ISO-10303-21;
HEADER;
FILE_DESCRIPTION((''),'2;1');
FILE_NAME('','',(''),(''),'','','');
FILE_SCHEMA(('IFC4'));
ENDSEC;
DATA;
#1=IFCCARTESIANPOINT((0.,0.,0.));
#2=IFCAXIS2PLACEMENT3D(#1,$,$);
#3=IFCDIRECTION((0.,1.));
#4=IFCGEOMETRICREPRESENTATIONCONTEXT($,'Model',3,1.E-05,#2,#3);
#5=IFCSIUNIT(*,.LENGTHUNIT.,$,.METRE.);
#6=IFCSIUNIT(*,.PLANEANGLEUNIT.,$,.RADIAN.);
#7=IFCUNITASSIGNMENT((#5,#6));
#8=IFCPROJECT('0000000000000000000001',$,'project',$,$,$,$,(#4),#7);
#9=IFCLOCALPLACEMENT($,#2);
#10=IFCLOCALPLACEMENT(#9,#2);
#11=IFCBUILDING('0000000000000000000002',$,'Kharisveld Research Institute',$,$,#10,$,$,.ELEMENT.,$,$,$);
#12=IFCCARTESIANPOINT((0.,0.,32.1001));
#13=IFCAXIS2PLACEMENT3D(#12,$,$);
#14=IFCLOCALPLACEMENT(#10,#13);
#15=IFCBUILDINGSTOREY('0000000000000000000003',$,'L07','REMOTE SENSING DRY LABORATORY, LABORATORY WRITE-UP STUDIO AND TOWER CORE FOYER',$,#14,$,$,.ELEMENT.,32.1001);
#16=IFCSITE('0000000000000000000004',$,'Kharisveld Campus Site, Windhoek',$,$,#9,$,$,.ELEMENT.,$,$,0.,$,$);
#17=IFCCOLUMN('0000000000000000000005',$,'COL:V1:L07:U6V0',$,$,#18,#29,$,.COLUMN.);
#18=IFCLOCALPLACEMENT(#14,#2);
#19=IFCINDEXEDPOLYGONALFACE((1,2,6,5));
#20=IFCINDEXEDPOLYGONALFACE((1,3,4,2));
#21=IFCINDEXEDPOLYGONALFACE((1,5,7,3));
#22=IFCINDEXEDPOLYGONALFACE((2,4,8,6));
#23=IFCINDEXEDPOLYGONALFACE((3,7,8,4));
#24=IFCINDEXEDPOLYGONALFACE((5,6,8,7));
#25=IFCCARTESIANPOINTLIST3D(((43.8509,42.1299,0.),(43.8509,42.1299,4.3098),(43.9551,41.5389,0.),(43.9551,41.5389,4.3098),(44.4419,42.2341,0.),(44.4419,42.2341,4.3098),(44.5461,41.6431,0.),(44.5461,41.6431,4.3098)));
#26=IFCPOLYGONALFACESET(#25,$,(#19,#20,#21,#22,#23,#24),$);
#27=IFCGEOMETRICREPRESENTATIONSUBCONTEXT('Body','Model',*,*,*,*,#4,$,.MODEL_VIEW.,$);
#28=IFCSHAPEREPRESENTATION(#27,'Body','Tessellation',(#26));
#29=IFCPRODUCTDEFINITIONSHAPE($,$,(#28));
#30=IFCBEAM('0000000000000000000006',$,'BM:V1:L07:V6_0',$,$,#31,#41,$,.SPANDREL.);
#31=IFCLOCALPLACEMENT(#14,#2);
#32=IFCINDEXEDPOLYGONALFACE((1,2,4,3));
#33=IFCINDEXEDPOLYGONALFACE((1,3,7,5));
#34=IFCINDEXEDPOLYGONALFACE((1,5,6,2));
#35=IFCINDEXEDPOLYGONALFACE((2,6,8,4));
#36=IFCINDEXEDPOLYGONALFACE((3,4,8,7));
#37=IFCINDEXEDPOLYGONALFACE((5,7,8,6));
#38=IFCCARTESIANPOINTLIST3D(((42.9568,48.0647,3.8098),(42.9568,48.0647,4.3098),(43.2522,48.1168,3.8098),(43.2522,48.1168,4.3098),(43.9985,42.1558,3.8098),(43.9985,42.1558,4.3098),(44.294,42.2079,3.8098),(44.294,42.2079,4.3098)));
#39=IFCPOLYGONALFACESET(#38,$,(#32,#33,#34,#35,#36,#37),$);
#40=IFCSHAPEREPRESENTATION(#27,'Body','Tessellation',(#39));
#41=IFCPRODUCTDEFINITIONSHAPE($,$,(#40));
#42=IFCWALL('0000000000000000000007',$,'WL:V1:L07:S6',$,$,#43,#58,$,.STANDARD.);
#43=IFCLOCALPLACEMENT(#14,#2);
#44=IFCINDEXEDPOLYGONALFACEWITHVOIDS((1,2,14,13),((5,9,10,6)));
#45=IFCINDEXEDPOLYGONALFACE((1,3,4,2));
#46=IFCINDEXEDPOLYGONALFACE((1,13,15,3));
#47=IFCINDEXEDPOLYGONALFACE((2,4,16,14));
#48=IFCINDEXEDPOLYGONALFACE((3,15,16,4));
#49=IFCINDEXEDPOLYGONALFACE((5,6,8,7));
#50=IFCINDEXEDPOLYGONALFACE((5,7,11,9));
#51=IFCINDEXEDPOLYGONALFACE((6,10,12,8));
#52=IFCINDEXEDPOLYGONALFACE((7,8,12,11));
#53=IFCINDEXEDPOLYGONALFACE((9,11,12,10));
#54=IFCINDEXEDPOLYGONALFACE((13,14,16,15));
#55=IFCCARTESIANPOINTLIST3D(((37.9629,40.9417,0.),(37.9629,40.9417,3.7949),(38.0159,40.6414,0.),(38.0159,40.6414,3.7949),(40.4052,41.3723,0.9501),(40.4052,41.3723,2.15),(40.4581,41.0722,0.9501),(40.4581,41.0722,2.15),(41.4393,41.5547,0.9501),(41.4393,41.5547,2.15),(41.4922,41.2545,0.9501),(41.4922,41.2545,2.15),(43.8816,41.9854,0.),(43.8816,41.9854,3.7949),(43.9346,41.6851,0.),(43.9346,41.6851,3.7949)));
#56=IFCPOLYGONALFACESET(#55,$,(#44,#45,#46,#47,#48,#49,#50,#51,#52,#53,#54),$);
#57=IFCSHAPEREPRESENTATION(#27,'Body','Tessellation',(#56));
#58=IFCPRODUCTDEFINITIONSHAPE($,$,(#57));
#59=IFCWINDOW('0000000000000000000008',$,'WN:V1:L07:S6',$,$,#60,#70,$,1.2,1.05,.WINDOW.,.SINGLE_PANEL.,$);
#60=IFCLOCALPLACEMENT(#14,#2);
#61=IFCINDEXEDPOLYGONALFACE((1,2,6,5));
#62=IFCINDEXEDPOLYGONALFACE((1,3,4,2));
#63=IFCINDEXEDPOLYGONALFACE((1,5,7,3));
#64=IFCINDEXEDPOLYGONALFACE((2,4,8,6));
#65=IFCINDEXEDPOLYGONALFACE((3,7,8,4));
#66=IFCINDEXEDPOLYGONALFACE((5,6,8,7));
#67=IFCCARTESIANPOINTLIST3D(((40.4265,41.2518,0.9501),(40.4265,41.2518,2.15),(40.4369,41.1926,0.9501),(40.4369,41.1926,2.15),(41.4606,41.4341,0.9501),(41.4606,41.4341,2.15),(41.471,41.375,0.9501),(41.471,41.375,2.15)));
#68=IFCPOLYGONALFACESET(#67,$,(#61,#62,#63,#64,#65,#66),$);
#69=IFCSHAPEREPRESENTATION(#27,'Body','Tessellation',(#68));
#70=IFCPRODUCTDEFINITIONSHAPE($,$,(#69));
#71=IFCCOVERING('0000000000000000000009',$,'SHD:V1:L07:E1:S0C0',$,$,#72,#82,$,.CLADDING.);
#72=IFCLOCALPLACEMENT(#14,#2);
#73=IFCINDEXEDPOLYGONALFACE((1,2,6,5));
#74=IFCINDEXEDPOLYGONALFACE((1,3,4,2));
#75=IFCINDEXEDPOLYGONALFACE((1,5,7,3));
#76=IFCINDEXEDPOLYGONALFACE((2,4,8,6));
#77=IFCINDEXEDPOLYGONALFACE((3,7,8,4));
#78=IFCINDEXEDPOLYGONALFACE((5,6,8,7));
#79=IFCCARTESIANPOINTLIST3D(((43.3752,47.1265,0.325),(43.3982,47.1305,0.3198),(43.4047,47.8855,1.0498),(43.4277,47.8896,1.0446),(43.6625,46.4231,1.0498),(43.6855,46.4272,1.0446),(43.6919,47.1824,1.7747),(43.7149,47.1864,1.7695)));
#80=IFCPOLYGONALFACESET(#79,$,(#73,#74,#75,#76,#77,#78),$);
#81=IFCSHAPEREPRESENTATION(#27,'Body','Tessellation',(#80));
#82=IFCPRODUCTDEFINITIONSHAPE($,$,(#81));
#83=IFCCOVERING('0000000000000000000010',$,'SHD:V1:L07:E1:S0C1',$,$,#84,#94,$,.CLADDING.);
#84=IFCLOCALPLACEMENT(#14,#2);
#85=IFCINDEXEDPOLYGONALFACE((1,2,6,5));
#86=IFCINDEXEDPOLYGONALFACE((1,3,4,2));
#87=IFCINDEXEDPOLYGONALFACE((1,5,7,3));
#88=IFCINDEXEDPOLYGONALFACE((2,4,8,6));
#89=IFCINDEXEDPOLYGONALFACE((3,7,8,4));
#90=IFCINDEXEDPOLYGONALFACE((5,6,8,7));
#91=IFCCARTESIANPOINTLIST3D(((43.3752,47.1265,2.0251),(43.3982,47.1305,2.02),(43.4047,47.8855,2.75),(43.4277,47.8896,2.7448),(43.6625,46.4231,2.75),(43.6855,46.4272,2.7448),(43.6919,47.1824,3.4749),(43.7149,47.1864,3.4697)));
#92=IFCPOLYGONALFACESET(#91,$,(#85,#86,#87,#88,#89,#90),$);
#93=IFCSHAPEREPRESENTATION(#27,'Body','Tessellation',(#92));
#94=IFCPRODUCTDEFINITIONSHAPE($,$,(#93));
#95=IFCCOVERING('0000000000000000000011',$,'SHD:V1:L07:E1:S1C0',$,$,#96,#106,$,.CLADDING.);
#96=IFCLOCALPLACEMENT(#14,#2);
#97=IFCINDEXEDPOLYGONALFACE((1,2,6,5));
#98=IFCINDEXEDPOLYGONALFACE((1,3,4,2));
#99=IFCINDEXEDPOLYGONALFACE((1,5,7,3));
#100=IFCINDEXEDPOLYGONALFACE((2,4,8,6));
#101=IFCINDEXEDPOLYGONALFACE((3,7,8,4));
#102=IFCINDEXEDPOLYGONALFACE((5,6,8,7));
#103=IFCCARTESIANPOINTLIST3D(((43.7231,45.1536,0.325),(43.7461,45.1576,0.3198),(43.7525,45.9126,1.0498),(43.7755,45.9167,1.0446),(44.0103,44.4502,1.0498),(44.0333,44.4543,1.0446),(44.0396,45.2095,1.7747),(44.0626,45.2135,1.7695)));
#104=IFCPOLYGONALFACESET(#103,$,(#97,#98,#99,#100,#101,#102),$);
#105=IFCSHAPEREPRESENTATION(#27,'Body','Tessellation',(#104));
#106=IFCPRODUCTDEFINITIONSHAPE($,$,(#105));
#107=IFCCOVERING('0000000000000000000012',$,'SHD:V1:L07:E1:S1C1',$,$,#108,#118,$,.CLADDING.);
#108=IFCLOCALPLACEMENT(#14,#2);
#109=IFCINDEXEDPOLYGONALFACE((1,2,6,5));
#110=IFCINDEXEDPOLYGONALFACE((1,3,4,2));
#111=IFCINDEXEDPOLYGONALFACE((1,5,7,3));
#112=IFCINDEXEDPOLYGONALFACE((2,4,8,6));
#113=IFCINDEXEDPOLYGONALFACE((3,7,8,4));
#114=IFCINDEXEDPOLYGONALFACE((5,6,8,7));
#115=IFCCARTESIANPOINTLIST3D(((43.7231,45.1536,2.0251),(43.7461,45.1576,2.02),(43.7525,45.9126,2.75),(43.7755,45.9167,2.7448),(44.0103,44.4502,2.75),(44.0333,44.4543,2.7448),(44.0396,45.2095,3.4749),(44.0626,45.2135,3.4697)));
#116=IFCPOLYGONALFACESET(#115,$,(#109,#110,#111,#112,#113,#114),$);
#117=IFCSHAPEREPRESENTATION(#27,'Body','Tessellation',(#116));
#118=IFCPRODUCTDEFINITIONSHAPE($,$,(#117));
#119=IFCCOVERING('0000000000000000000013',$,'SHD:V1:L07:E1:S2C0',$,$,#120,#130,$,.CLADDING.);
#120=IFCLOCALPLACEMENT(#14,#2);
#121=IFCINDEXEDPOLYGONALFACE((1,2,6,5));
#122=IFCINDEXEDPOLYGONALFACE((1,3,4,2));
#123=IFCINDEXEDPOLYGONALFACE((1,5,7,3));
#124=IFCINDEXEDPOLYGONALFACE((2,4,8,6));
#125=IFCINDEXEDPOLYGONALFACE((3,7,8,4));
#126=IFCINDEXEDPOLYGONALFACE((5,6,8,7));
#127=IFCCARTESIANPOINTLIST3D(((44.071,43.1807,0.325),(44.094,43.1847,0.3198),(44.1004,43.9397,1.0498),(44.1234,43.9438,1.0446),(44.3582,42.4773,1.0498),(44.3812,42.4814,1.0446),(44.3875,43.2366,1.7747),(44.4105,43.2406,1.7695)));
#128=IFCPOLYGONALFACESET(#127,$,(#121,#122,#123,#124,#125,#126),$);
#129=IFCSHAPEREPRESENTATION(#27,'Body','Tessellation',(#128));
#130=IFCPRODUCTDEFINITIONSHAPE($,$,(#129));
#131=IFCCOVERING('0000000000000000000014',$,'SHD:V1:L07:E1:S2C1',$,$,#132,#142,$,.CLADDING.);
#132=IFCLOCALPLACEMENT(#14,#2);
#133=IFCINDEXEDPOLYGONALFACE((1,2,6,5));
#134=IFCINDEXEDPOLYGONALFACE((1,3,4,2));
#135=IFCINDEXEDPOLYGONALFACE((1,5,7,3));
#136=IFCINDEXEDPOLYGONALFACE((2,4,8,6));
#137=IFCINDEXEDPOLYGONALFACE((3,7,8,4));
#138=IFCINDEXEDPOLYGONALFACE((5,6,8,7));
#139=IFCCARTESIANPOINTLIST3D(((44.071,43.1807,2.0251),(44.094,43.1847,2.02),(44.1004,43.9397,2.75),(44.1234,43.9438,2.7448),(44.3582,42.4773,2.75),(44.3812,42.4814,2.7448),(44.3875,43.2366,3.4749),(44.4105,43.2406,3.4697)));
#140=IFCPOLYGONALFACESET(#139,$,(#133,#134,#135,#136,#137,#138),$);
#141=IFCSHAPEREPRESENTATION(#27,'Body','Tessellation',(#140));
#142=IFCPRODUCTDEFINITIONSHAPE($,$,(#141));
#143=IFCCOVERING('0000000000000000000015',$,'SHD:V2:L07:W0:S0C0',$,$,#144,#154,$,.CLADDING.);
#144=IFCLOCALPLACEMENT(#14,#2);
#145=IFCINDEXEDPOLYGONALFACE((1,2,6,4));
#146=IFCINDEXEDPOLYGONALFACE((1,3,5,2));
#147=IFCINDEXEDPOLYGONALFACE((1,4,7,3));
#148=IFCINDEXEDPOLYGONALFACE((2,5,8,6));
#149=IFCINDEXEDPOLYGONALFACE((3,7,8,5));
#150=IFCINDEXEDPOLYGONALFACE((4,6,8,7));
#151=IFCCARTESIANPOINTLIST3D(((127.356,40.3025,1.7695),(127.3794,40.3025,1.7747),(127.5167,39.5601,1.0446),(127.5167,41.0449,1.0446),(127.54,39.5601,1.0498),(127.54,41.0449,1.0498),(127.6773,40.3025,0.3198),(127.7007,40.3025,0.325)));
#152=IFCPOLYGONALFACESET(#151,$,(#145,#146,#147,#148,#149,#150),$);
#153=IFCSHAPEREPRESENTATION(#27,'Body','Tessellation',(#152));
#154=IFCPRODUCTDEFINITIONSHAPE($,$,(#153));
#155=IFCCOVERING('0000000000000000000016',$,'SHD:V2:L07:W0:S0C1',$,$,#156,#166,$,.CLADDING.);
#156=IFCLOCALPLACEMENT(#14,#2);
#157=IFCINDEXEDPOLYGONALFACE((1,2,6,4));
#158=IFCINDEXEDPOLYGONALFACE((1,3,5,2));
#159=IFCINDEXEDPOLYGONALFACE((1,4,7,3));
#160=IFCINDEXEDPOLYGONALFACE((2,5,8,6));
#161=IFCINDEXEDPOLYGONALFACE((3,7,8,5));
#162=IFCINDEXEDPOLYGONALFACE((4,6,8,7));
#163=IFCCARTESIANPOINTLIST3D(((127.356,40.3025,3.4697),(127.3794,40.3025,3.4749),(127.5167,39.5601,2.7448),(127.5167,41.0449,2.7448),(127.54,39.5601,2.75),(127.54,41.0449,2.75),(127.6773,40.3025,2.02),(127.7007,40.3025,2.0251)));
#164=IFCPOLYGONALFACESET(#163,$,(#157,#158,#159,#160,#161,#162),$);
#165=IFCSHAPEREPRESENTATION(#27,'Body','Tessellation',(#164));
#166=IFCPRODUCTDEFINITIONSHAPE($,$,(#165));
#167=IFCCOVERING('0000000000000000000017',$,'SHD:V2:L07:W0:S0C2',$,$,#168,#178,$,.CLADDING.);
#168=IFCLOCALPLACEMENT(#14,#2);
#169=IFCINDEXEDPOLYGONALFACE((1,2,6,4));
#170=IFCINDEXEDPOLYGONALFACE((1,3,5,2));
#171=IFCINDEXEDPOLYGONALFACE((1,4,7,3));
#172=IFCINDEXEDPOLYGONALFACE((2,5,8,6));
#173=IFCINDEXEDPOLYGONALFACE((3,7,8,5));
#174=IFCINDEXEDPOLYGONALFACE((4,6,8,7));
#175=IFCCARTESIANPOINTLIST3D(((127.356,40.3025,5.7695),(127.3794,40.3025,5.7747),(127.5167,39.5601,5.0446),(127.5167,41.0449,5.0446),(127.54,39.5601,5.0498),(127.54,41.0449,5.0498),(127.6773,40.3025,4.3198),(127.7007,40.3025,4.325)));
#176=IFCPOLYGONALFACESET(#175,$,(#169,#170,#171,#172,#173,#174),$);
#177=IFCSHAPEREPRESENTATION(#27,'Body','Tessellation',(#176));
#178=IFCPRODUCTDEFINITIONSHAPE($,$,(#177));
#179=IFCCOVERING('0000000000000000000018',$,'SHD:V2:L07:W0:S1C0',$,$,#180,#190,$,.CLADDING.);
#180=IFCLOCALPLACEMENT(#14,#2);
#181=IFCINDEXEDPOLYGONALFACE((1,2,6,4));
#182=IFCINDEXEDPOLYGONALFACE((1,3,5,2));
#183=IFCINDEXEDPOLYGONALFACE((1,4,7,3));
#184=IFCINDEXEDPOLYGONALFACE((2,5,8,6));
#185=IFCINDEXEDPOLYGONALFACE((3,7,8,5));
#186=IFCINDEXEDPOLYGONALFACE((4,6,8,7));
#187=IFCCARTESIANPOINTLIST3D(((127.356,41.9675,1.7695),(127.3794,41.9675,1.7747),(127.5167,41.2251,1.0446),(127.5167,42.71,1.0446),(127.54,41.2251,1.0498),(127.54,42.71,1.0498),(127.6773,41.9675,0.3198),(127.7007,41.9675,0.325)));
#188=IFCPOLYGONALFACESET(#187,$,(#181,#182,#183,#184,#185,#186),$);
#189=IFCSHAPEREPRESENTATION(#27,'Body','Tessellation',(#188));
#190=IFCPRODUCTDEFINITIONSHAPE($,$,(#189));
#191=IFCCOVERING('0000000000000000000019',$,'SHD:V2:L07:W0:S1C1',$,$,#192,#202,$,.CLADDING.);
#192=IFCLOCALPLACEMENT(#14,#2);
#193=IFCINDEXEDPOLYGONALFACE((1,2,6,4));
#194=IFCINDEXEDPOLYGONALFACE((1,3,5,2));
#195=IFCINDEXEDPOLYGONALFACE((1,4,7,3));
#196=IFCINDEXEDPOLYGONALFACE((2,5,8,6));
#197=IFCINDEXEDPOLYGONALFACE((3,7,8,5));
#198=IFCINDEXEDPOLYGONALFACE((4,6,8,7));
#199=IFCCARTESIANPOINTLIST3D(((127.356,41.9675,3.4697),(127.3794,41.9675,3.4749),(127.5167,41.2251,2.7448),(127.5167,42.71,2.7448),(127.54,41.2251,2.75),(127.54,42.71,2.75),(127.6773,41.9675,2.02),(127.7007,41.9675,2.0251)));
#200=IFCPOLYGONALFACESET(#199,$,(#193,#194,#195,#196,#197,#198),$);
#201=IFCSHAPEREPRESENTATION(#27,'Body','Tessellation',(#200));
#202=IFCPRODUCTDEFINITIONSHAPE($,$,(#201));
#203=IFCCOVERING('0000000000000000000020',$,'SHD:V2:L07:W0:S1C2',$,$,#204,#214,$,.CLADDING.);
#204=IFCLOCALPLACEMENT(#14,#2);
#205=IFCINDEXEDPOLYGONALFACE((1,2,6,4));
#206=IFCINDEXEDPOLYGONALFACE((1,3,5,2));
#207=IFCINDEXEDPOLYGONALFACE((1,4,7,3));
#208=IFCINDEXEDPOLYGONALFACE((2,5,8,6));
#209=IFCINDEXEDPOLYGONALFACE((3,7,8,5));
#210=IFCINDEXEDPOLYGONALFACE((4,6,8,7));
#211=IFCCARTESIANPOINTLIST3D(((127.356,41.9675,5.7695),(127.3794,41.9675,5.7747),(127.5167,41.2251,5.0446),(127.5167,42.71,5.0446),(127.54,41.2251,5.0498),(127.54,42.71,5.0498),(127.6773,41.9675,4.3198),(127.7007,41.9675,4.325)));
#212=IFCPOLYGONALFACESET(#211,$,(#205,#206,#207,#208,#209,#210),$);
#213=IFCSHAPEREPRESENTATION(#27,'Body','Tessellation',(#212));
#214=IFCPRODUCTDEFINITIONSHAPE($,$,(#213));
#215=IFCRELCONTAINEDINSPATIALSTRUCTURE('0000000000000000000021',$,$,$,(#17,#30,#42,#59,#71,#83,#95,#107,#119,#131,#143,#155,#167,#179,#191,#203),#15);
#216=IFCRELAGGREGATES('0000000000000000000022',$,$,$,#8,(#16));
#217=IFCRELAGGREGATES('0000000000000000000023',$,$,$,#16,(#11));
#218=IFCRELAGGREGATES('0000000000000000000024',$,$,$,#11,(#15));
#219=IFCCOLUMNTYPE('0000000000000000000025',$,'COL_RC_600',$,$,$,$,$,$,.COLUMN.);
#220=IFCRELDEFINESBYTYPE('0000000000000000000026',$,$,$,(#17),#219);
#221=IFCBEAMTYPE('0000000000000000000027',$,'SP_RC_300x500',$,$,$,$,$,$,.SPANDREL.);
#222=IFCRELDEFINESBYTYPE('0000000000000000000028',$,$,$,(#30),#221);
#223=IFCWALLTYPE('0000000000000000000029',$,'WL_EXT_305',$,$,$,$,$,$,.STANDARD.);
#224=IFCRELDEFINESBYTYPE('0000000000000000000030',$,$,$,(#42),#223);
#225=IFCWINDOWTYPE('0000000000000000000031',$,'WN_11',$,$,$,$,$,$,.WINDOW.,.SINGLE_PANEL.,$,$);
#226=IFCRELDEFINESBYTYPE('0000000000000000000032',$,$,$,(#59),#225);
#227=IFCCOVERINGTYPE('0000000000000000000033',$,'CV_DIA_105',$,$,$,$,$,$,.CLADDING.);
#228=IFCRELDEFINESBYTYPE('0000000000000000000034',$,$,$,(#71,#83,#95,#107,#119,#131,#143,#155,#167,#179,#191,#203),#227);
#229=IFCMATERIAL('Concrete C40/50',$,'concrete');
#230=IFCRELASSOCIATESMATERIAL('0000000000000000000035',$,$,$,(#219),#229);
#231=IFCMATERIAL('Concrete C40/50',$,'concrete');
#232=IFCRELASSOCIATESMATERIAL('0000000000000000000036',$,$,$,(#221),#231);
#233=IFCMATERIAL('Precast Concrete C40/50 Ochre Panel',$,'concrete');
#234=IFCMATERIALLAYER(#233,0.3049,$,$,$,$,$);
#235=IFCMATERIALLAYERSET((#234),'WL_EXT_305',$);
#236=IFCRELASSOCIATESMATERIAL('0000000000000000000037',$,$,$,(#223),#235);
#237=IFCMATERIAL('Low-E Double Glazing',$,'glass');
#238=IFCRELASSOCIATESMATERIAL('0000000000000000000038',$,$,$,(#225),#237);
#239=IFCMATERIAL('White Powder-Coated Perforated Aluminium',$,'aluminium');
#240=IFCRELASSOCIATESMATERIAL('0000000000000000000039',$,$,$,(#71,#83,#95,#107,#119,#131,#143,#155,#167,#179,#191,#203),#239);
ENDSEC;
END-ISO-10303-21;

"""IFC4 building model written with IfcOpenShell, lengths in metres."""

from ifc_helpers import new_model, si_unit, direction, frame, frame_2d, origin, origin_2d, place, context, subcontext, project, spatial, polyline, rectangle, outline, extrude, material, layer, layer_set, material_profile, profile_set, type_object, element, fill, save


model = new_model("IFC4")

# Units and contexts
model_context = context("Model", 3, precision=1e-05, world=origin(), true_north=direction((0.0, 1.0)))
body_context = subcontext(model_context, "Body", "Model", "MODEL_VIEW")
ifc_project = project(units=[si_unit("LENGTHUNIT", "METRE"), si_unit("PLANEANGLEUNIT", "RADIAN")], contexts=[model_context])

# Site, building, storey
site_placement = place(None, origin())
site = spatial("IfcSite", under=ifc_project, at=site_placement, Name="Kharisveld Campus Site, Windhoek", CompositionType="ELEMENT", RefElevation=0.0)
building_placement = place(site_placement, origin())
building = spatial("IfcBuilding", under=site, at=building_placement, Name="Kharisveld Research Institute", CompositionType="ELEMENT")
storey_placement = place(building_placement, frame((0.0, 0.0, 32.1001)))
storey = spatial("IfcBuildingStorey", under=building, at=storey_placement, Name="L07", Description="REMOTE SENSING DRY LABORATORY, LABORATORY WRITE-UP STUDIO AND TOWER CORE FOYER", CompositionType="ELEMENT", Elevation=32.1001)

# Column
ifc_material_1 = material(Name="Concrete C40/50", Category="concrete")
ifc_material_profile_1 = material_profile(ifc_material_1, rectangle(XDim=0.6001, YDim=0.6001, at=origin_2d()))
ifc_profile_set_1 = profile_set([ifc_material_profile_1], Name="Concrete C40/50")
column_type = type_object("IfcColumnType", Name="COL_RC_600", PredefinedType="COLUMN", material=ifc_profile_set_1)
column_placement = place(storey_placement, frame((44.1985, 41.8865, 0.0), z_axis=(0.0, 0.0, 1.0), x_axis=(0.984808, 0.173648, 0.0)))
element("IfcColumn", 1, at=column_placement, inside=storey, type_object=column_type, Name="COL:V1:L07:U6V0", PredefinedType="COLUMN", context=body_context, shape_type="SweptSolid", body=[
    extrude(rectangle(XDim=0.6001, YDim=0.6001, at=origin_2d()), origin(), (0.0, 0.0, 1.0), 4.3098),
])

# Beam
ifc_material_2 = material(Name="Concrete C40/50", Category="concrete")
ifc_material_profile_2 = material_profile(ifc_material_2, rectangle(XDim=0.3, YDim=0.5, at=origin_2d()))
ifc_profile_set_2 = profile_set([ifc_material_profile_2], Name="Concrete C40/50")
beam_type = type_object("IfcBeamType", Name="SP_RC_300x500", PredefinedType="SPANDREL", material=ifc_profile_set_2)
beam_placement = place(storey_placement, frame((44.1462, 42.1819, 4.0598), z_axis=(-0.173623, 0.984812, 0.0), x_axis=(-0.984812, -0.173623, 0.0)))
element("IfcBeam", 2, at=beam_placement, inside=storey, type_object=beam_type, Name="BM:V1:L07:V6_0", PredefinedType="SPANDREL", context=body_context, shape_type="SweptSolid", body=[
    extrude(rectangle(XDim=0.3, YDim=0.5, at=origin_2d()), origin(), (0.0, 0.0, 1.0), 6.0),
])

# Wall, opening, window
ifc_material_3 = material(Name="Precast Concrete C40/50 Ochre Panel", Category="concrete")
ifc_layer = layer(ifc_material_3, 0.3049)
ifc_layer_set = layer_set([ifc_layer], Name="WL_EXT_305")
wall_type = type_object("IfcWallType", Name="WL_EXT_305", PredefinedType="STANDARD", material=ifc_layer_set)
wall_placement = place(storey_placement, frame((43.908, 41.8352, 0.0), z_axis=(0.0, 0.0, 1.0), x_axis=(-0.984806, -0.17366, 0.0)))
wall = element("IfcWall", 3, at=wall_placement, inside=storey, type_object=wall_type, Name="WL:V1:L07:S6", PredefinedType="STANDARD", context=body_context, shape_type="SweptSolid", body=[
    extrude(rectangle(XDim=6.01, YDim=0.3049, at=frame_2d((3.0049, 0.0))), origin(), (0.0, 0.0, 1.0), 3.7949),
])
opening_placement = place(wall_placement, frame((2.48, 0.0, 0.95)))
opening = element("IfcOpeningElement", 4, at=opening_placement, cuts=wall, PredefinedType="OPENING", context=body_context, shape_type="SweptSolid", body=[
    extrude(rectangle(XDim=1.05, YDim=1.2, at=frame_2d((0.5249, 0.6001))), frame((0.0, 0.1523, 0.0), z_axis=(0.0, -1.0, 0.0), x_axis=(1.0, 0.0, 0.0)), (0.0, 0.0, 1.0), 0.3049),
])
ifc_material_4 = material(Name="Low-E Double Glazing", Category="glass")
window_type = type_object("IfcWindowType", Name="WN_11", PartitioningType="SINGLE_PANEL", PredefinedType="WINDOW", material=ifc_material_4)
window_placement = place(opening_placement, origin())
window = element("IfcWindow", 5, at=window_placement, inside=storey, type_object=window_type, Name="WN:V1:L07:S6", OverallHeight=1.2, OverallWidth=1.05, PartitioningType="SINGLE_PANEL", PredefinedType="WINDOW", context=body_context, shape_type="SweptSolid", body=[
    extrude(rectangle(XDim=1.05, YDim=1.2, at=frame_2d((0.5249, 0.6001))), frame((0.0, 0.03, 0.0), z_axis=(0.0, -1.0, 0.0), x_axis=(1.0, 0.0, 0.0)), (0.0, 0.0, 1.0), 0.0601),
])
fill(opening, window)

# Coverings
ifc_material_5 = material(Name="White Powder-Coated Perforated Aluminium", Category="aluminium")
covering_type = type_object("IfcCoveringType", Name="CV_DIA_105", PredefinedType="CLADDING")
for number, where, z_axis, x_axis, name in (
    (6, (43.3752, 47.1265, 0.325), (-0.961447, -0.169497, 0.21654), (0.273555, -0.669831, 0.690286), "SHD:V1:L07:E1:S0C0"),
    (7, (43.3752, 47.1265, 2.0251), (-0.961447, -0.169497, 0.21654), (0.273555, -0.669831, 0.690286), "SHD:V1:L07:E1:S0C1"),
):
    element("IfcCovering", number, at=place(storey_placement, frame(where, z_axis=z_axis, x_axis=x_axis)), inside=storey, type_object=covering_type, material=ifc_material_5, Name=name, PredefinedType="CLADDING", context=body_context, shape_type="SweptSolid", body=[
        extrude(outline(polyline([(0.0, 0.0), (1.05, 0.0), (1.0499, 1.0501), (-0.0001, 1.05), (0.0, 0.0)])), origin(), (0.0, 0.0, -1.0), 0.0239),
    ])
for number, where, z_axis, x_axis, name in (
    (8, (43.7231, 45.1536, 0.325), (-0.961481, -0.169503, 0.216385), (0.273447, -0.66985, 0.69031), "SHD:V1:L07:E1:S1C0"),
    (9, (43.7231, 45.1536, 2.0251), (-0.961481, -0.169503, 0.216385), (0.273447, -0.66985, 0.69031), "SHD:V1:L07:E1:S1C1"),
    (10, (44.071, 43.1807, 0.325), (-0.961481, -0.169503, 0.216385), (0.273447, -0.66985, 0.69031), "SHD:V1:L07:E1:S2C0"),
    (11, (44.071, 43.1807, 2.0251), (-0.961481, -0.169503, 0.216385), (0.273447, -0.66985, 0.69031), "SHD:V1:L07:E1:S2C1"),
):
    element("IfcCovering", number, at=place(storey_placement, frame(where, z_axis=z_axis, x_axis=x_axis)), inside=storey, type_object=covering_type, material=ifc_material_5, Name=name, PredefinedType="CLADDING", context=body_context, shape_type="SweptSolid", body=[
        extrude(outline(polyline([(0.0, 0.0), (1.05, 0.0), (1.0498, 1.0501), (-0.0001, 1.05), (0.0, 0.0)])), origin(), (0.0, 0.0, -1.0), 0.0239),
    ])
for number, where, z_axis, x_axis, name in (
    (12, (127.7007, 40.3025, 0.325), (0.976311, 0.0, 0.216373), (-0.153, 0.707102, 0.69036), "SHD:V2:L07:W0:S0C0"),
    (13, (127.7007, 40.3025, 2.0251), (0.976311, 0.0, 0.216373), (-0.153, 0.707102, 0.69036), "SHD:V2:L07:W0:S0C1"),
    (14, (127.7007, 40.3025, 4.325), (0.976311, 0.0, 0.216373), (-0.153, 0.707102, 0.69036), "SHD:V2:L07:W0:S0C2"),
    (15, (127.7007, 41.9675, 0.325), (0.976311, 0.0, 0.216373), (-0.153, 0.707102, 0.69036), "SHD:V2:L07:W0:S1C0"),
    (16, (127.7007, 41.9675, 2.0251), (0.976311, 0.0, 0.216373), (-0.153, 0.707102, 0.69036), "SHD:V2:L07:W0:S1C1"),
    (17, (127.7007, 41.9675, 4.325), (0.976311, 0.0, 0.216373), (-0.153, 0.707102, 0.69036), "SHD:V2:L07:W0:S1C2"),
):
    element("IfcCovering", number, at=place(storey_placement, frame(where, z_axis=z_axis, x_axis=x_axis)), inside=storey, type_object=covering_type, material=ifc_material_5, Name=name, PredefinedType="CLADDING", context=body_context, shape_type="SweptSolid", body=[
        extrude(outline(polyline([(0.0, 0.0), (1.05, 0.0), (1.05, 1.05), (0.0, 1.05), (0.0, 0.0)])), origin(), (0.0, 0.0, -1.0), 0.0239),
    ])

save(model, "model.ifc")
